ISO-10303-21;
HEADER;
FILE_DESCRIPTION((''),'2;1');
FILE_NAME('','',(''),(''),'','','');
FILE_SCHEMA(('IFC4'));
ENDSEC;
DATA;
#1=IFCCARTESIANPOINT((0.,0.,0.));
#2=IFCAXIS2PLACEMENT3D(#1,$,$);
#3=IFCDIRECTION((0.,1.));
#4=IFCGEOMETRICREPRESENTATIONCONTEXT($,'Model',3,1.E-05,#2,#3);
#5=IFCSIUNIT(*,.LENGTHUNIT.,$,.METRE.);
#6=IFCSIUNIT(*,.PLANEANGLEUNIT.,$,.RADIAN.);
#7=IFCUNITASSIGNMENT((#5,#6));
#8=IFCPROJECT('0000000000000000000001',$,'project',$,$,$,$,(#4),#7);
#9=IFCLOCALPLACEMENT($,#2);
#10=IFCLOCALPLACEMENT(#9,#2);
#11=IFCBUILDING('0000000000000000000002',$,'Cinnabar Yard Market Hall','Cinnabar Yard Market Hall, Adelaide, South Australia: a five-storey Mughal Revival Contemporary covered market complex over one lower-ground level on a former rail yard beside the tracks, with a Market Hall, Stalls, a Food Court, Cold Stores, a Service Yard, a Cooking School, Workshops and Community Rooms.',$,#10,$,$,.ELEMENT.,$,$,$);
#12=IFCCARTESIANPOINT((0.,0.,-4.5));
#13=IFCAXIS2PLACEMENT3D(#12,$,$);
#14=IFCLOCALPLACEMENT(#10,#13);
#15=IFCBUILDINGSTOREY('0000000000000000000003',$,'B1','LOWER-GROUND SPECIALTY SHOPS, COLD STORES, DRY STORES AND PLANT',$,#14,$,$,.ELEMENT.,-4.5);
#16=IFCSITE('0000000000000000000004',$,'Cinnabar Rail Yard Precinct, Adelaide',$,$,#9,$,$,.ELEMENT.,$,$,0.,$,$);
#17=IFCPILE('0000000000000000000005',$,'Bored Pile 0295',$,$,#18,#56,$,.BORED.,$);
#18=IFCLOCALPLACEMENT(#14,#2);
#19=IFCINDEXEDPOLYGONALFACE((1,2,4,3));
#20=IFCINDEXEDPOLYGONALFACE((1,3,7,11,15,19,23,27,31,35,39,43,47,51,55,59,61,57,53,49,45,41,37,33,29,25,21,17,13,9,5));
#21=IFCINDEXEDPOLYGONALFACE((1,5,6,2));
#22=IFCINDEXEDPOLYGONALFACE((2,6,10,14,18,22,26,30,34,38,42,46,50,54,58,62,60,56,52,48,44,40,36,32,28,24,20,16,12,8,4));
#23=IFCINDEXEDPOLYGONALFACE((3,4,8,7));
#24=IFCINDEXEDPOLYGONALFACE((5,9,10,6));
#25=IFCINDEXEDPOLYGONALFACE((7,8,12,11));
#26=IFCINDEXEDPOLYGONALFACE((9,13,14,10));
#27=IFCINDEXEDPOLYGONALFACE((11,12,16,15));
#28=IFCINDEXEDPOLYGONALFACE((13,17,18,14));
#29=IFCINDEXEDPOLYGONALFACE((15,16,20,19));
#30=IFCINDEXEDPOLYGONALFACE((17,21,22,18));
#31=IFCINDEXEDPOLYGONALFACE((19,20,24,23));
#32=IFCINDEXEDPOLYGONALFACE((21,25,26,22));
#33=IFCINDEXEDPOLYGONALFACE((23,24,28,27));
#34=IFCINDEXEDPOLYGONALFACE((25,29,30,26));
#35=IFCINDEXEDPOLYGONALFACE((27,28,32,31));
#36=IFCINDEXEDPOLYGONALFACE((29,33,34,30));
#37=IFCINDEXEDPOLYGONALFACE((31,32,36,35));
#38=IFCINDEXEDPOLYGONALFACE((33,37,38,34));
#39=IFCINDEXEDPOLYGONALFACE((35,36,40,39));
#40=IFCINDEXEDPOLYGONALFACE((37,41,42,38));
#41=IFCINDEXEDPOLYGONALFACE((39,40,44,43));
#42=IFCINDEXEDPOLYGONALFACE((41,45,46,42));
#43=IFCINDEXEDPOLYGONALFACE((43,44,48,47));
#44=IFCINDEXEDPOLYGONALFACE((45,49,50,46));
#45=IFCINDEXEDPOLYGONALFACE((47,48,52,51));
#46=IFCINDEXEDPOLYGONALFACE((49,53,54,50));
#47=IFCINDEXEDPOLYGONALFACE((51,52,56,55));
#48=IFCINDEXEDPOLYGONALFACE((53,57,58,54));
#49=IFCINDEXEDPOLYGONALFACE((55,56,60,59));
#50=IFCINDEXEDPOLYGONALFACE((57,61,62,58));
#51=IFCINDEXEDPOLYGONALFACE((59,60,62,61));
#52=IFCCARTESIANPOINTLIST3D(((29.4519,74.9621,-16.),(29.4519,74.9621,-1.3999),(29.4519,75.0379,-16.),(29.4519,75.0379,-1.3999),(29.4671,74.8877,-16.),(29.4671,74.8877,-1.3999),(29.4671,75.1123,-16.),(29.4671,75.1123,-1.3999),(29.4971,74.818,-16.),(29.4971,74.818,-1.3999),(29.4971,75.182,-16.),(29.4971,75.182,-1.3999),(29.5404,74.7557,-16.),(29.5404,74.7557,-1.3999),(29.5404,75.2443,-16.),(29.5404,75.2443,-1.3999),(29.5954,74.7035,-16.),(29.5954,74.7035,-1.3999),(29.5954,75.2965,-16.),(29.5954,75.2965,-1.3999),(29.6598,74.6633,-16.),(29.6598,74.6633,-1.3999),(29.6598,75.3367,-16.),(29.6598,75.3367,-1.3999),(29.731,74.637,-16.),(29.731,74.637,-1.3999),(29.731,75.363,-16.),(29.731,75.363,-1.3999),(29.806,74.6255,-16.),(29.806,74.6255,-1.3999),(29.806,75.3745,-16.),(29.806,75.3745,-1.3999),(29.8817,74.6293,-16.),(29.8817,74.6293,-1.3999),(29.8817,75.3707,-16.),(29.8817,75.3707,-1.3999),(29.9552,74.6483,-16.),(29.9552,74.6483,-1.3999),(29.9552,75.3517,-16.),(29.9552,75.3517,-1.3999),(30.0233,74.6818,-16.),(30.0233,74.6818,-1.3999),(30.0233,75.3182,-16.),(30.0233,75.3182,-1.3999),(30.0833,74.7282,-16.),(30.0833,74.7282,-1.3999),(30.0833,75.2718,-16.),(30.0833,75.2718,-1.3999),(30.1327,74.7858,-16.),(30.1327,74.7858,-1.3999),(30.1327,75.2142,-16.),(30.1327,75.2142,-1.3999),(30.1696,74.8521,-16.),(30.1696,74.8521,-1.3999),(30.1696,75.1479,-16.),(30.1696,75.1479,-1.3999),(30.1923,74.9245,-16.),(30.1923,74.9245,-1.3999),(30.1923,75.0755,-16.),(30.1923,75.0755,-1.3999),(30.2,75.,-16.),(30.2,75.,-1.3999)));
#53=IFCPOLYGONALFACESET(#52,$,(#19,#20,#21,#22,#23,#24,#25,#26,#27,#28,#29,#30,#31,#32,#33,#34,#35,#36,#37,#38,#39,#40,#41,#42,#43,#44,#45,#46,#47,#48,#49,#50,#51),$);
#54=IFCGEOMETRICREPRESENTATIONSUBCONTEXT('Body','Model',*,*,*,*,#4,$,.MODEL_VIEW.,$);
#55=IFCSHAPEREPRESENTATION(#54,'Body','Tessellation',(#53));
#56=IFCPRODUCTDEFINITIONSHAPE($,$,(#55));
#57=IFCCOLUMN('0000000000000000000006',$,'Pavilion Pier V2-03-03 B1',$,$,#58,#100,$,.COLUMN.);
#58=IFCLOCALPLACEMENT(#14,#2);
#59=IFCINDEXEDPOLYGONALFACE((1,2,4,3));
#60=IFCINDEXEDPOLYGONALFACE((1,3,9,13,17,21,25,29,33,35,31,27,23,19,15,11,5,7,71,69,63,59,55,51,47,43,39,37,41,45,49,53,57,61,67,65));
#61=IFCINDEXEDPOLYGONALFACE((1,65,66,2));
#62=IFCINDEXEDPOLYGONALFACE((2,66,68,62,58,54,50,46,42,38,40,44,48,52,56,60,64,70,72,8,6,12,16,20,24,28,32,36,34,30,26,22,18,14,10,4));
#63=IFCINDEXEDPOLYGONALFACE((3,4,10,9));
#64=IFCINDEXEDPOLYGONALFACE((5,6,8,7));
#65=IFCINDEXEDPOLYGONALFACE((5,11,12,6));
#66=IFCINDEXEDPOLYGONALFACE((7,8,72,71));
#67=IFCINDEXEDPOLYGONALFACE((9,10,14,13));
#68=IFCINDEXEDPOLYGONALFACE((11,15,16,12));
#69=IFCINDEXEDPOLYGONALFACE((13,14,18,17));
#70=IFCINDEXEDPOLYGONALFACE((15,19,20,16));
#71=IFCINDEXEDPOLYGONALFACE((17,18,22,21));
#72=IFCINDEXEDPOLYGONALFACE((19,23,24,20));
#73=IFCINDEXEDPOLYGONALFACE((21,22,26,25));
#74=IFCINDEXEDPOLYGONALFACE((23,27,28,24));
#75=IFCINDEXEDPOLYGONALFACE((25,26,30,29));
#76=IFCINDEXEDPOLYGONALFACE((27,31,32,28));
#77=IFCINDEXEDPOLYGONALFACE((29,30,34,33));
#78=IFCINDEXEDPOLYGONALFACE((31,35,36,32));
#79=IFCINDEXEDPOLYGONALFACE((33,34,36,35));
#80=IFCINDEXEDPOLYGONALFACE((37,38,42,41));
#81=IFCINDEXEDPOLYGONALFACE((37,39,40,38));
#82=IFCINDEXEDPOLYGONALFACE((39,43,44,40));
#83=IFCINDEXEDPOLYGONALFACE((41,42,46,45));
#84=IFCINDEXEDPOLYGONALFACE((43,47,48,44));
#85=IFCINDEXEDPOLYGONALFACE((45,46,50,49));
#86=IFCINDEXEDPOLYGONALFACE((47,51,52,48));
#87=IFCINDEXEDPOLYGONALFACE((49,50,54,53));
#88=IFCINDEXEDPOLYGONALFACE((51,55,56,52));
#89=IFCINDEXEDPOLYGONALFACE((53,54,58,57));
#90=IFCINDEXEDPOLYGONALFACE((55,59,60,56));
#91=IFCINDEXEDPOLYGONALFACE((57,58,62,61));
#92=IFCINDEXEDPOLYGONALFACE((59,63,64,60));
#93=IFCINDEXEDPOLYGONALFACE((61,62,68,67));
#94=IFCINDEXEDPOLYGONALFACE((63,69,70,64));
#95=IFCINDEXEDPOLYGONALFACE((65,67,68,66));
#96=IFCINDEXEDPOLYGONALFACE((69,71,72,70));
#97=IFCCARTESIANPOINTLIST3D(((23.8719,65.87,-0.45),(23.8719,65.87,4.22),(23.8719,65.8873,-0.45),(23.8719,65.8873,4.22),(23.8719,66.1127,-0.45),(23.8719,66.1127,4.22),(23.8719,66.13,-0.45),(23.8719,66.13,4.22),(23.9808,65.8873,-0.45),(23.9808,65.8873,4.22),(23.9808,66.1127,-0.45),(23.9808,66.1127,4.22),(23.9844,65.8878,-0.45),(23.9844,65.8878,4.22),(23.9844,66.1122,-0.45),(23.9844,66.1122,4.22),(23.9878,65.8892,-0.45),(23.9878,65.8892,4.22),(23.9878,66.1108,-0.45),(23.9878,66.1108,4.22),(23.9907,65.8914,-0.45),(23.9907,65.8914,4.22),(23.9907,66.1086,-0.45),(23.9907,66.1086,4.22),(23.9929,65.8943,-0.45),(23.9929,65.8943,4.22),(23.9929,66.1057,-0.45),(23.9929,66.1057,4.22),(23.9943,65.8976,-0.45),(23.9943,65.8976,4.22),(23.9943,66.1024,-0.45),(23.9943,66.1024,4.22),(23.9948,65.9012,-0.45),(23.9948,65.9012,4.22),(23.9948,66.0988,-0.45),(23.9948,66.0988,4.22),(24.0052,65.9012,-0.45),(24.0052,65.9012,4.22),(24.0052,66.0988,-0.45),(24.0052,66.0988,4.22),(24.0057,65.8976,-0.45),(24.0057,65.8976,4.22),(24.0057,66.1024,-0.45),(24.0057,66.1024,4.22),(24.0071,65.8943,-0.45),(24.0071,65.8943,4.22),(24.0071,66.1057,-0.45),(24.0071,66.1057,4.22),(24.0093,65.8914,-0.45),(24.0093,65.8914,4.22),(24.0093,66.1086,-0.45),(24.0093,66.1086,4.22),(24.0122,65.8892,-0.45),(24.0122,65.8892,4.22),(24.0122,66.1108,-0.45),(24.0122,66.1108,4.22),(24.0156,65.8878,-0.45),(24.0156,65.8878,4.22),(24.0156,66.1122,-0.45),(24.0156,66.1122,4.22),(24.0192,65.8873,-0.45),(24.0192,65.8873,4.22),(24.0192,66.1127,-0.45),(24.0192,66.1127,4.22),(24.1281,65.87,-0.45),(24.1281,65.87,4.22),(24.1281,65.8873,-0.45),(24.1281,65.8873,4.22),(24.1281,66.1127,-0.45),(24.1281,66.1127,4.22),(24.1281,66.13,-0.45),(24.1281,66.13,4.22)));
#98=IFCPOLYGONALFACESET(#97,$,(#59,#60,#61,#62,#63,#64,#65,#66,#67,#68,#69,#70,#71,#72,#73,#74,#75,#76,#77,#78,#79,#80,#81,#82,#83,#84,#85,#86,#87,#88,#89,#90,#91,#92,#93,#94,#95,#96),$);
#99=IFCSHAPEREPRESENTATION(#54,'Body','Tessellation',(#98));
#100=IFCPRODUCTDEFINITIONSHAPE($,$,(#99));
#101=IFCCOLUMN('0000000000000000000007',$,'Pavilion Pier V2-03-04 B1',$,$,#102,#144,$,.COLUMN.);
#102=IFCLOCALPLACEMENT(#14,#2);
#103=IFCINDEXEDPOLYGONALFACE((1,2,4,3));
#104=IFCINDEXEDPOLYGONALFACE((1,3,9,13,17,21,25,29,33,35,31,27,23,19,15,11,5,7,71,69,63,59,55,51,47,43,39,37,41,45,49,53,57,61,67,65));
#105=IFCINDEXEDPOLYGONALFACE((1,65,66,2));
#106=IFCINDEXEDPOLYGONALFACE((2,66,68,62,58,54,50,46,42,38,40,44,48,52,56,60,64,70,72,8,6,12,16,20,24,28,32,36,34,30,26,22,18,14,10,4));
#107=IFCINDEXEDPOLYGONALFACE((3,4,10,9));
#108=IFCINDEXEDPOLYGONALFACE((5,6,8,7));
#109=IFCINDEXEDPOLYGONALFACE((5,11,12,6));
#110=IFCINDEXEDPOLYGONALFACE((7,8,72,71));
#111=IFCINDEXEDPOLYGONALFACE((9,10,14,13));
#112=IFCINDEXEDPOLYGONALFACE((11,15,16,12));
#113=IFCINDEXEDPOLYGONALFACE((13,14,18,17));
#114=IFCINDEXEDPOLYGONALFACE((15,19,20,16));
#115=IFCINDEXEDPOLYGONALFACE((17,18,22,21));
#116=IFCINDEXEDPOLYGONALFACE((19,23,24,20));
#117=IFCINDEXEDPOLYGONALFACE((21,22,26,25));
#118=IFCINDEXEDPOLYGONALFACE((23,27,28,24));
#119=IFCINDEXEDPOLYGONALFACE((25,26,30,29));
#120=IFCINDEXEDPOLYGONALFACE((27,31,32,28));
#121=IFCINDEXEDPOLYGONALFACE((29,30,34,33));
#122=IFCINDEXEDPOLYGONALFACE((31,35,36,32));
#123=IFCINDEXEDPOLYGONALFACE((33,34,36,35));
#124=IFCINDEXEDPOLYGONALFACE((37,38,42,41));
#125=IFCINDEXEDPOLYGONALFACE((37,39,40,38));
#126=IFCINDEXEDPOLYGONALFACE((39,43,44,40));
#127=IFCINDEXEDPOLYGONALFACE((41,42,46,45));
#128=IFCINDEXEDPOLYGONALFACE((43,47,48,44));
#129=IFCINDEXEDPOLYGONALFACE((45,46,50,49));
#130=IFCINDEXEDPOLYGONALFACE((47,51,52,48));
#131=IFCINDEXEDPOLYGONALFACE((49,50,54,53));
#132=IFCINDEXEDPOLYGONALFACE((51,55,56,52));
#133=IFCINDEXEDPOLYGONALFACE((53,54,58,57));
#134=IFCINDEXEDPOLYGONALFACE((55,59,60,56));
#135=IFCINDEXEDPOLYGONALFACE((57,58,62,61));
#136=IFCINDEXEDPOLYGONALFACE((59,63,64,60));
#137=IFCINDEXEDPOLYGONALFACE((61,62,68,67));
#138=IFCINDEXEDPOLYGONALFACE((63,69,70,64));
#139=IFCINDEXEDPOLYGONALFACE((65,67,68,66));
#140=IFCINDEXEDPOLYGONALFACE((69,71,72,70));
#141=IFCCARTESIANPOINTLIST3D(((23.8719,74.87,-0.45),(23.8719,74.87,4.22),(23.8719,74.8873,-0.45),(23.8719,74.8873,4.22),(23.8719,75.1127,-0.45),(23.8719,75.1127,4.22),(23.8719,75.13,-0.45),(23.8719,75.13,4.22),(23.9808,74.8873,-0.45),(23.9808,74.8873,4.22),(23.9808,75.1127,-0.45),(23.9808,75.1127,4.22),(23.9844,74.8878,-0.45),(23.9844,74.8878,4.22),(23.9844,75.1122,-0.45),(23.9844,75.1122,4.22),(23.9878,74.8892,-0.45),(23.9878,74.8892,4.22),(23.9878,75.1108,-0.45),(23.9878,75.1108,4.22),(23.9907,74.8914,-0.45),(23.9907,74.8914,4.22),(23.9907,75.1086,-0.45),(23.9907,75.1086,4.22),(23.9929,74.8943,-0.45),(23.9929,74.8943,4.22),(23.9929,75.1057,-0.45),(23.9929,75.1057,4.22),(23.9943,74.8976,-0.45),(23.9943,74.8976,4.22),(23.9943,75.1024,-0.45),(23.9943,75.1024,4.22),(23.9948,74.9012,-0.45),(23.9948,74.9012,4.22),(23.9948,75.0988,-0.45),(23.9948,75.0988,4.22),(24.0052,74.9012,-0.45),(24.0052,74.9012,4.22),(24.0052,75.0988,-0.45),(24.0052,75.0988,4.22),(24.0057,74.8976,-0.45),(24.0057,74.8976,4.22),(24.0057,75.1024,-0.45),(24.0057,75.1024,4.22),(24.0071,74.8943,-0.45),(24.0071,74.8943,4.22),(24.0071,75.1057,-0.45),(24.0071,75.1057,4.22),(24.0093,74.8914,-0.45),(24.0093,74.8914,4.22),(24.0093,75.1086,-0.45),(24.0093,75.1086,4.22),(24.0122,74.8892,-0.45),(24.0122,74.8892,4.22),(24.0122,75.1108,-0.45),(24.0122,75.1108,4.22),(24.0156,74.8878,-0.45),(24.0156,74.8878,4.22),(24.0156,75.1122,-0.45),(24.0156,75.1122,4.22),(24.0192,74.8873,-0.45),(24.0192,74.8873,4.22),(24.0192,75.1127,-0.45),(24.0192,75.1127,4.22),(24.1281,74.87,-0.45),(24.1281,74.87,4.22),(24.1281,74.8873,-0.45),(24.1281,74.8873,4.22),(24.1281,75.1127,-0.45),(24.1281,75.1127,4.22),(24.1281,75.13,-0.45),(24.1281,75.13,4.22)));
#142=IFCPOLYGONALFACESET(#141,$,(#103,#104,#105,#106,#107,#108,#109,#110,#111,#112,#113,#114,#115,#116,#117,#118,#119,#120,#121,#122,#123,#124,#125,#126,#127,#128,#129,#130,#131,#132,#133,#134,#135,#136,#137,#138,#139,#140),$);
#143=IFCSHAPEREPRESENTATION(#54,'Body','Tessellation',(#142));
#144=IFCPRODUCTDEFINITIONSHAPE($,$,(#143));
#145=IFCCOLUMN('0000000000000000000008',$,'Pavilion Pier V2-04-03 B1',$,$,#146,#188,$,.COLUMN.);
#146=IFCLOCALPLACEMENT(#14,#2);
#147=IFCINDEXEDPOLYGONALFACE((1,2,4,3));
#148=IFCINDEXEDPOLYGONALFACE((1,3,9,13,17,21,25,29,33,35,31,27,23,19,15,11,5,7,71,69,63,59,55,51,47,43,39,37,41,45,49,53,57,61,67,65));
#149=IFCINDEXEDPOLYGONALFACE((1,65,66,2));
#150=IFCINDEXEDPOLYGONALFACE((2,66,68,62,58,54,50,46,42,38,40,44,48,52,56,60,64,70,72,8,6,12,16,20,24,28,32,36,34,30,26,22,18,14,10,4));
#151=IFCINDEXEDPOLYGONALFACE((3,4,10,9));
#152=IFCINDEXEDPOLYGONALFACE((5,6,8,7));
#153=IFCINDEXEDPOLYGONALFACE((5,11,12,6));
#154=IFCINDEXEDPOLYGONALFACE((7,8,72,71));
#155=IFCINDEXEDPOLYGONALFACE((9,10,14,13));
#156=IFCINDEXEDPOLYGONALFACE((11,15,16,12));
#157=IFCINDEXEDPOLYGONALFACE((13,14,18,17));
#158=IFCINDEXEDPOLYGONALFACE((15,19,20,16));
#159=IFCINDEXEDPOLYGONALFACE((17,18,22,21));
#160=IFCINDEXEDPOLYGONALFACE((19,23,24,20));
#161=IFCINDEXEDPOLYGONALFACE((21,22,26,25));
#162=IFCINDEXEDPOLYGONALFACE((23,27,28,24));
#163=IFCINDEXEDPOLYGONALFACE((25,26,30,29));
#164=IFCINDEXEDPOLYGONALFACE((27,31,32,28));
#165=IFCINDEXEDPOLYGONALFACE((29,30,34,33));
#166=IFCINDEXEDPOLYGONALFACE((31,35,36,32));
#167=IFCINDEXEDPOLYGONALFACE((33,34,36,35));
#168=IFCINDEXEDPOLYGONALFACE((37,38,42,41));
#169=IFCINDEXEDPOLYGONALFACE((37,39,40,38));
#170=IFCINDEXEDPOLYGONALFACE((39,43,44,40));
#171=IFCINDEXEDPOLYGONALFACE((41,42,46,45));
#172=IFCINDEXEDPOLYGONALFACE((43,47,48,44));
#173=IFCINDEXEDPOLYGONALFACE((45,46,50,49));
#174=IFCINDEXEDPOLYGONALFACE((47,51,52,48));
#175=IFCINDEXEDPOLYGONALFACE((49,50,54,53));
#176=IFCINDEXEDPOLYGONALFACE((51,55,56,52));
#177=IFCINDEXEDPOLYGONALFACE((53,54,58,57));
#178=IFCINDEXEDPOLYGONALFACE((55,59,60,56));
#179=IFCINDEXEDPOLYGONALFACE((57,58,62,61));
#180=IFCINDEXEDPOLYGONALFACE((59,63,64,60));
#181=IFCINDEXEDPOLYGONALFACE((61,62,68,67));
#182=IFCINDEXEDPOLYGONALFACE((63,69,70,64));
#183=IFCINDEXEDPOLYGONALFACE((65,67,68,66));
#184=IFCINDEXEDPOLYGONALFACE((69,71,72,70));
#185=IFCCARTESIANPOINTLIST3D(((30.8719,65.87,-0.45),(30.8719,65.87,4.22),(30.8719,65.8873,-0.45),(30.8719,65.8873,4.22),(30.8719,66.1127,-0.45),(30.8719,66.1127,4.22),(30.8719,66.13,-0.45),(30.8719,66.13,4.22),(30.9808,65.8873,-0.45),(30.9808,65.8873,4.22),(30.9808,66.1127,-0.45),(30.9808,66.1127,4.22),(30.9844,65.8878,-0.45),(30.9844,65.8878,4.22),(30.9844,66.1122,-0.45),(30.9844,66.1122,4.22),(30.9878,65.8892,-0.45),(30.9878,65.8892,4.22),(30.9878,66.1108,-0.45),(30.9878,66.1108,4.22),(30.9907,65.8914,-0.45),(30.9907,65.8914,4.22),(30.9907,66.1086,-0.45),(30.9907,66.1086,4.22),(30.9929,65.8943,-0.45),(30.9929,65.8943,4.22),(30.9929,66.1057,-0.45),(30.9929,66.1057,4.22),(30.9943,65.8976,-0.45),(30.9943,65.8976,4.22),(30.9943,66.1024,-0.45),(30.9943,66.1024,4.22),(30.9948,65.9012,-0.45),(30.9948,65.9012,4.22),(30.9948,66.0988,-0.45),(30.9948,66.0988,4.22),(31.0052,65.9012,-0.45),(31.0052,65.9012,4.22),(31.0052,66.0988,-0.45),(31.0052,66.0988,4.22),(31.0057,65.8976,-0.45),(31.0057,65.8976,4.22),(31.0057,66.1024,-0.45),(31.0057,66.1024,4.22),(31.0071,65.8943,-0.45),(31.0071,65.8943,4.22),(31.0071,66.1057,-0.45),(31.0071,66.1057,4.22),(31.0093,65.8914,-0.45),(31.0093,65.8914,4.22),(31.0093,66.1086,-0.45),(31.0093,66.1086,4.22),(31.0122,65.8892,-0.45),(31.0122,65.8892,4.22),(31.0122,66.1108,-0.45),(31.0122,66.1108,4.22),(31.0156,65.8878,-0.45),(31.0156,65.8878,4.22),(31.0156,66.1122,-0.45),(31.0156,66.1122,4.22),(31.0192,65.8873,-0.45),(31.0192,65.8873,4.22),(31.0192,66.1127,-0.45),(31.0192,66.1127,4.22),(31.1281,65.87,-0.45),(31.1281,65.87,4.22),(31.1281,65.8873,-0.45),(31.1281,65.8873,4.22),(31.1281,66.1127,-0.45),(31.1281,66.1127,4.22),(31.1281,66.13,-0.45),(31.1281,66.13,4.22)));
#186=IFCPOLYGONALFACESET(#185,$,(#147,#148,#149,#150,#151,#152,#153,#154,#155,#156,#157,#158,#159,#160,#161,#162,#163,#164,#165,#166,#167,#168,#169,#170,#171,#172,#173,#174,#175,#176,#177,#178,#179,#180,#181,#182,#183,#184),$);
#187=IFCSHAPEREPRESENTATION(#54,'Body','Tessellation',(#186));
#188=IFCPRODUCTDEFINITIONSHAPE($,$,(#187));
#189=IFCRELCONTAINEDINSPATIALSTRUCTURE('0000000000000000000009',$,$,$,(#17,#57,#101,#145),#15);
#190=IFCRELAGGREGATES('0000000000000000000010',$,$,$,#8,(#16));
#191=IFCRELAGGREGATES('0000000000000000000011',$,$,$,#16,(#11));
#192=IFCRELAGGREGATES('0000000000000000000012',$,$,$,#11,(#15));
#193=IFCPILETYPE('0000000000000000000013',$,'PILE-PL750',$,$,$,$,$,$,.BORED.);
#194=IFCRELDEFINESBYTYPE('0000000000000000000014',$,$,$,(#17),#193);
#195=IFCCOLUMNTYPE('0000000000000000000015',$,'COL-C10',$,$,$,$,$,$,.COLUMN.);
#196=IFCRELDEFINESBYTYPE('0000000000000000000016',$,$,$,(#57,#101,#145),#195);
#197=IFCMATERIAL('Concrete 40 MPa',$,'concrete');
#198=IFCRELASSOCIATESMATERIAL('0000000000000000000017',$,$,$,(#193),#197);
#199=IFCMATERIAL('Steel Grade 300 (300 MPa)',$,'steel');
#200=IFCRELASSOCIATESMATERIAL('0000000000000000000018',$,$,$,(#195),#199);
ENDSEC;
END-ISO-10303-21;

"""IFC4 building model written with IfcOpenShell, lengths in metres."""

from ifc_helpers import new_model, si_unit, direction, frame, origin, origin_2d_with_axis, place, context, subcontext, project, spatial, circle, i_section, extrude, material, material_profile, profile_set, type_object, element, save


model = new_model("IFC4")

# Units and contexts
model_context = context("Model", 3, precision=1e-05, world=origin(), true_north=direction((0.0, 1.0)))
body_context = subcontext(model_context, "Body", "Model", "MODEL_VIEW")
ifc_project = project(units=[si_unit("LENGTHUNIT", "METRE"), si_unit("PLANEANGLEUNIT", "RADIAN")], contexts=[model_context])

# Site, building, storey
site_placement = place(None, origin())
site = spatial("IfcSite", under=ifc_project, at=site_placement, Name="Cinnabar Rail Yard Precinct, Adelaide", CompositionType="ELEMENT", RefElevation=0.0)
building_placement = place(site_placement, origin())
building = spatial("IfcBuilding", under=site, at=building_placement, Name="Cinnabar Yard Market Hall", Description="Cinnabar Yard Market Hall, Adelaide, South Australia: a five-storey Mughal Revival Contemporary covered market complex over one lower-ground level on a former rail yard beside the tracks, with a Market Hall, Stalls, a Food Court, Cold Stores, a Service Yard, a Cooking School, Workshops and Community Rooms.", CompositionType="ELEMENT")
storey_placement = place(building_placement, frame((0.0, 0.0, -4.5)))
storey = spatial("IfcBuildingStorey", under=building, at=storey_placement, Name="B1", Description="LOWER-GROUND SPECIALTY SHOPS, COLD STORES, DRY STORES AND PLANT", CompositionType="ELEMENT", Elevation=-4.5)

# Shared definitions
ifc_material_1 = material(Name="Concrete 40 MPa", Category="concrete")

# Pile
ifc_material_profile_1 = material_profile(ifc_material_1, circle(Radius=0.375, at=origin_2d_with_axis()), Name="PILE-D750")
ifc_profile_set_1 = profile_set([ifc_material_profile_1], Name="Concrete 40 MPa")
pile_type_1 = type_object("IfcPileType", Name="PILE-PL750", PredefinedType="BORED", material=ifc_profile_set_1)
for number, where, z_axis, x_axis, name in (
    (1, (29.825, 75.0, -1.3999), (0.0, 0.0, -1.0), (1.0, 0.0, 0.0), "Bored Pile 0295"),
):
    element("IfcPile", number, at=place(storey_placement, frame(where, z_axis=z_axis, x_axis=x_axis)), inside=storey, type_object=pile_type_1, Name=name, PredefinedType="BORED", context=body_context, shape_type="SweptSolid", body=[
        extrude(circle(Radius=0.375, at=origin_2d_with_axis()), origin(), (0.0, 0.0, 1.0), 14.6001),
    ])

# Columns
ifc_material_2 = material(Name="Steel Grade 300 (300 MPa)", Category="steel")
ifc_material_profile_2 = material_profile(ifc_material_2, i_section(OverallWidth=0.2561, OverallDepth=0.26, WebThickness=0.0105, FlangeThickness=0.0173, FilletRadius=0.0139, at=origin_2d_with_axis()), Name="250UC89.5")
ifc_profile_set_2 = profile_set([ifc_material_profile_2], Name="Steel Grade 300 (300 MPa)")
column_type_1 = type_object("IfcColumnType", Name="COL-C10", PredefinedType="COLUMN", material=ifc_profile_set_2)
for number, where, z_axis, x_axis, name in (
    (2, (24.0, 66.0, -0.45), (0.0, 0.0, 1.0), (1.0, 0.0, 0.0), "Pavilion Pier V2-03-03 B1"),
    (3, (24.0, 75.0, -0.45), (0.0, 0.0, 1.0), (1.0, 0.0, 0.0), "Pavilion Pier V2-03-04 B1"),
    (4, (31.0, 66.0, -0.45), (0.0, 0.0, 1.0), (1.0, 0.0, 0.0), "Pavilion Pier V2-04-03 B1"),
):
    element("IfcColumn", number, at=place(storey_placement, frame(where, z_axis=z_axis, x_axis=x_axis)), inside=storey, type_object=column_type_1, Name=name, PredefinedType="COLUMN", context=body_context, shape_type="SweptSolid", body=[
        extrude(i_section(OverallWidth=0.2561, OverallDepth=0.26, WebThickness=0.0105, FlangeThickness=0.0173, FilletRadius=0.0139, at=origin_2d_with_axis()), origin(), (0.0, 0.0, 1.0), 4.6699),
    ])

save(model, "model.ifc")
